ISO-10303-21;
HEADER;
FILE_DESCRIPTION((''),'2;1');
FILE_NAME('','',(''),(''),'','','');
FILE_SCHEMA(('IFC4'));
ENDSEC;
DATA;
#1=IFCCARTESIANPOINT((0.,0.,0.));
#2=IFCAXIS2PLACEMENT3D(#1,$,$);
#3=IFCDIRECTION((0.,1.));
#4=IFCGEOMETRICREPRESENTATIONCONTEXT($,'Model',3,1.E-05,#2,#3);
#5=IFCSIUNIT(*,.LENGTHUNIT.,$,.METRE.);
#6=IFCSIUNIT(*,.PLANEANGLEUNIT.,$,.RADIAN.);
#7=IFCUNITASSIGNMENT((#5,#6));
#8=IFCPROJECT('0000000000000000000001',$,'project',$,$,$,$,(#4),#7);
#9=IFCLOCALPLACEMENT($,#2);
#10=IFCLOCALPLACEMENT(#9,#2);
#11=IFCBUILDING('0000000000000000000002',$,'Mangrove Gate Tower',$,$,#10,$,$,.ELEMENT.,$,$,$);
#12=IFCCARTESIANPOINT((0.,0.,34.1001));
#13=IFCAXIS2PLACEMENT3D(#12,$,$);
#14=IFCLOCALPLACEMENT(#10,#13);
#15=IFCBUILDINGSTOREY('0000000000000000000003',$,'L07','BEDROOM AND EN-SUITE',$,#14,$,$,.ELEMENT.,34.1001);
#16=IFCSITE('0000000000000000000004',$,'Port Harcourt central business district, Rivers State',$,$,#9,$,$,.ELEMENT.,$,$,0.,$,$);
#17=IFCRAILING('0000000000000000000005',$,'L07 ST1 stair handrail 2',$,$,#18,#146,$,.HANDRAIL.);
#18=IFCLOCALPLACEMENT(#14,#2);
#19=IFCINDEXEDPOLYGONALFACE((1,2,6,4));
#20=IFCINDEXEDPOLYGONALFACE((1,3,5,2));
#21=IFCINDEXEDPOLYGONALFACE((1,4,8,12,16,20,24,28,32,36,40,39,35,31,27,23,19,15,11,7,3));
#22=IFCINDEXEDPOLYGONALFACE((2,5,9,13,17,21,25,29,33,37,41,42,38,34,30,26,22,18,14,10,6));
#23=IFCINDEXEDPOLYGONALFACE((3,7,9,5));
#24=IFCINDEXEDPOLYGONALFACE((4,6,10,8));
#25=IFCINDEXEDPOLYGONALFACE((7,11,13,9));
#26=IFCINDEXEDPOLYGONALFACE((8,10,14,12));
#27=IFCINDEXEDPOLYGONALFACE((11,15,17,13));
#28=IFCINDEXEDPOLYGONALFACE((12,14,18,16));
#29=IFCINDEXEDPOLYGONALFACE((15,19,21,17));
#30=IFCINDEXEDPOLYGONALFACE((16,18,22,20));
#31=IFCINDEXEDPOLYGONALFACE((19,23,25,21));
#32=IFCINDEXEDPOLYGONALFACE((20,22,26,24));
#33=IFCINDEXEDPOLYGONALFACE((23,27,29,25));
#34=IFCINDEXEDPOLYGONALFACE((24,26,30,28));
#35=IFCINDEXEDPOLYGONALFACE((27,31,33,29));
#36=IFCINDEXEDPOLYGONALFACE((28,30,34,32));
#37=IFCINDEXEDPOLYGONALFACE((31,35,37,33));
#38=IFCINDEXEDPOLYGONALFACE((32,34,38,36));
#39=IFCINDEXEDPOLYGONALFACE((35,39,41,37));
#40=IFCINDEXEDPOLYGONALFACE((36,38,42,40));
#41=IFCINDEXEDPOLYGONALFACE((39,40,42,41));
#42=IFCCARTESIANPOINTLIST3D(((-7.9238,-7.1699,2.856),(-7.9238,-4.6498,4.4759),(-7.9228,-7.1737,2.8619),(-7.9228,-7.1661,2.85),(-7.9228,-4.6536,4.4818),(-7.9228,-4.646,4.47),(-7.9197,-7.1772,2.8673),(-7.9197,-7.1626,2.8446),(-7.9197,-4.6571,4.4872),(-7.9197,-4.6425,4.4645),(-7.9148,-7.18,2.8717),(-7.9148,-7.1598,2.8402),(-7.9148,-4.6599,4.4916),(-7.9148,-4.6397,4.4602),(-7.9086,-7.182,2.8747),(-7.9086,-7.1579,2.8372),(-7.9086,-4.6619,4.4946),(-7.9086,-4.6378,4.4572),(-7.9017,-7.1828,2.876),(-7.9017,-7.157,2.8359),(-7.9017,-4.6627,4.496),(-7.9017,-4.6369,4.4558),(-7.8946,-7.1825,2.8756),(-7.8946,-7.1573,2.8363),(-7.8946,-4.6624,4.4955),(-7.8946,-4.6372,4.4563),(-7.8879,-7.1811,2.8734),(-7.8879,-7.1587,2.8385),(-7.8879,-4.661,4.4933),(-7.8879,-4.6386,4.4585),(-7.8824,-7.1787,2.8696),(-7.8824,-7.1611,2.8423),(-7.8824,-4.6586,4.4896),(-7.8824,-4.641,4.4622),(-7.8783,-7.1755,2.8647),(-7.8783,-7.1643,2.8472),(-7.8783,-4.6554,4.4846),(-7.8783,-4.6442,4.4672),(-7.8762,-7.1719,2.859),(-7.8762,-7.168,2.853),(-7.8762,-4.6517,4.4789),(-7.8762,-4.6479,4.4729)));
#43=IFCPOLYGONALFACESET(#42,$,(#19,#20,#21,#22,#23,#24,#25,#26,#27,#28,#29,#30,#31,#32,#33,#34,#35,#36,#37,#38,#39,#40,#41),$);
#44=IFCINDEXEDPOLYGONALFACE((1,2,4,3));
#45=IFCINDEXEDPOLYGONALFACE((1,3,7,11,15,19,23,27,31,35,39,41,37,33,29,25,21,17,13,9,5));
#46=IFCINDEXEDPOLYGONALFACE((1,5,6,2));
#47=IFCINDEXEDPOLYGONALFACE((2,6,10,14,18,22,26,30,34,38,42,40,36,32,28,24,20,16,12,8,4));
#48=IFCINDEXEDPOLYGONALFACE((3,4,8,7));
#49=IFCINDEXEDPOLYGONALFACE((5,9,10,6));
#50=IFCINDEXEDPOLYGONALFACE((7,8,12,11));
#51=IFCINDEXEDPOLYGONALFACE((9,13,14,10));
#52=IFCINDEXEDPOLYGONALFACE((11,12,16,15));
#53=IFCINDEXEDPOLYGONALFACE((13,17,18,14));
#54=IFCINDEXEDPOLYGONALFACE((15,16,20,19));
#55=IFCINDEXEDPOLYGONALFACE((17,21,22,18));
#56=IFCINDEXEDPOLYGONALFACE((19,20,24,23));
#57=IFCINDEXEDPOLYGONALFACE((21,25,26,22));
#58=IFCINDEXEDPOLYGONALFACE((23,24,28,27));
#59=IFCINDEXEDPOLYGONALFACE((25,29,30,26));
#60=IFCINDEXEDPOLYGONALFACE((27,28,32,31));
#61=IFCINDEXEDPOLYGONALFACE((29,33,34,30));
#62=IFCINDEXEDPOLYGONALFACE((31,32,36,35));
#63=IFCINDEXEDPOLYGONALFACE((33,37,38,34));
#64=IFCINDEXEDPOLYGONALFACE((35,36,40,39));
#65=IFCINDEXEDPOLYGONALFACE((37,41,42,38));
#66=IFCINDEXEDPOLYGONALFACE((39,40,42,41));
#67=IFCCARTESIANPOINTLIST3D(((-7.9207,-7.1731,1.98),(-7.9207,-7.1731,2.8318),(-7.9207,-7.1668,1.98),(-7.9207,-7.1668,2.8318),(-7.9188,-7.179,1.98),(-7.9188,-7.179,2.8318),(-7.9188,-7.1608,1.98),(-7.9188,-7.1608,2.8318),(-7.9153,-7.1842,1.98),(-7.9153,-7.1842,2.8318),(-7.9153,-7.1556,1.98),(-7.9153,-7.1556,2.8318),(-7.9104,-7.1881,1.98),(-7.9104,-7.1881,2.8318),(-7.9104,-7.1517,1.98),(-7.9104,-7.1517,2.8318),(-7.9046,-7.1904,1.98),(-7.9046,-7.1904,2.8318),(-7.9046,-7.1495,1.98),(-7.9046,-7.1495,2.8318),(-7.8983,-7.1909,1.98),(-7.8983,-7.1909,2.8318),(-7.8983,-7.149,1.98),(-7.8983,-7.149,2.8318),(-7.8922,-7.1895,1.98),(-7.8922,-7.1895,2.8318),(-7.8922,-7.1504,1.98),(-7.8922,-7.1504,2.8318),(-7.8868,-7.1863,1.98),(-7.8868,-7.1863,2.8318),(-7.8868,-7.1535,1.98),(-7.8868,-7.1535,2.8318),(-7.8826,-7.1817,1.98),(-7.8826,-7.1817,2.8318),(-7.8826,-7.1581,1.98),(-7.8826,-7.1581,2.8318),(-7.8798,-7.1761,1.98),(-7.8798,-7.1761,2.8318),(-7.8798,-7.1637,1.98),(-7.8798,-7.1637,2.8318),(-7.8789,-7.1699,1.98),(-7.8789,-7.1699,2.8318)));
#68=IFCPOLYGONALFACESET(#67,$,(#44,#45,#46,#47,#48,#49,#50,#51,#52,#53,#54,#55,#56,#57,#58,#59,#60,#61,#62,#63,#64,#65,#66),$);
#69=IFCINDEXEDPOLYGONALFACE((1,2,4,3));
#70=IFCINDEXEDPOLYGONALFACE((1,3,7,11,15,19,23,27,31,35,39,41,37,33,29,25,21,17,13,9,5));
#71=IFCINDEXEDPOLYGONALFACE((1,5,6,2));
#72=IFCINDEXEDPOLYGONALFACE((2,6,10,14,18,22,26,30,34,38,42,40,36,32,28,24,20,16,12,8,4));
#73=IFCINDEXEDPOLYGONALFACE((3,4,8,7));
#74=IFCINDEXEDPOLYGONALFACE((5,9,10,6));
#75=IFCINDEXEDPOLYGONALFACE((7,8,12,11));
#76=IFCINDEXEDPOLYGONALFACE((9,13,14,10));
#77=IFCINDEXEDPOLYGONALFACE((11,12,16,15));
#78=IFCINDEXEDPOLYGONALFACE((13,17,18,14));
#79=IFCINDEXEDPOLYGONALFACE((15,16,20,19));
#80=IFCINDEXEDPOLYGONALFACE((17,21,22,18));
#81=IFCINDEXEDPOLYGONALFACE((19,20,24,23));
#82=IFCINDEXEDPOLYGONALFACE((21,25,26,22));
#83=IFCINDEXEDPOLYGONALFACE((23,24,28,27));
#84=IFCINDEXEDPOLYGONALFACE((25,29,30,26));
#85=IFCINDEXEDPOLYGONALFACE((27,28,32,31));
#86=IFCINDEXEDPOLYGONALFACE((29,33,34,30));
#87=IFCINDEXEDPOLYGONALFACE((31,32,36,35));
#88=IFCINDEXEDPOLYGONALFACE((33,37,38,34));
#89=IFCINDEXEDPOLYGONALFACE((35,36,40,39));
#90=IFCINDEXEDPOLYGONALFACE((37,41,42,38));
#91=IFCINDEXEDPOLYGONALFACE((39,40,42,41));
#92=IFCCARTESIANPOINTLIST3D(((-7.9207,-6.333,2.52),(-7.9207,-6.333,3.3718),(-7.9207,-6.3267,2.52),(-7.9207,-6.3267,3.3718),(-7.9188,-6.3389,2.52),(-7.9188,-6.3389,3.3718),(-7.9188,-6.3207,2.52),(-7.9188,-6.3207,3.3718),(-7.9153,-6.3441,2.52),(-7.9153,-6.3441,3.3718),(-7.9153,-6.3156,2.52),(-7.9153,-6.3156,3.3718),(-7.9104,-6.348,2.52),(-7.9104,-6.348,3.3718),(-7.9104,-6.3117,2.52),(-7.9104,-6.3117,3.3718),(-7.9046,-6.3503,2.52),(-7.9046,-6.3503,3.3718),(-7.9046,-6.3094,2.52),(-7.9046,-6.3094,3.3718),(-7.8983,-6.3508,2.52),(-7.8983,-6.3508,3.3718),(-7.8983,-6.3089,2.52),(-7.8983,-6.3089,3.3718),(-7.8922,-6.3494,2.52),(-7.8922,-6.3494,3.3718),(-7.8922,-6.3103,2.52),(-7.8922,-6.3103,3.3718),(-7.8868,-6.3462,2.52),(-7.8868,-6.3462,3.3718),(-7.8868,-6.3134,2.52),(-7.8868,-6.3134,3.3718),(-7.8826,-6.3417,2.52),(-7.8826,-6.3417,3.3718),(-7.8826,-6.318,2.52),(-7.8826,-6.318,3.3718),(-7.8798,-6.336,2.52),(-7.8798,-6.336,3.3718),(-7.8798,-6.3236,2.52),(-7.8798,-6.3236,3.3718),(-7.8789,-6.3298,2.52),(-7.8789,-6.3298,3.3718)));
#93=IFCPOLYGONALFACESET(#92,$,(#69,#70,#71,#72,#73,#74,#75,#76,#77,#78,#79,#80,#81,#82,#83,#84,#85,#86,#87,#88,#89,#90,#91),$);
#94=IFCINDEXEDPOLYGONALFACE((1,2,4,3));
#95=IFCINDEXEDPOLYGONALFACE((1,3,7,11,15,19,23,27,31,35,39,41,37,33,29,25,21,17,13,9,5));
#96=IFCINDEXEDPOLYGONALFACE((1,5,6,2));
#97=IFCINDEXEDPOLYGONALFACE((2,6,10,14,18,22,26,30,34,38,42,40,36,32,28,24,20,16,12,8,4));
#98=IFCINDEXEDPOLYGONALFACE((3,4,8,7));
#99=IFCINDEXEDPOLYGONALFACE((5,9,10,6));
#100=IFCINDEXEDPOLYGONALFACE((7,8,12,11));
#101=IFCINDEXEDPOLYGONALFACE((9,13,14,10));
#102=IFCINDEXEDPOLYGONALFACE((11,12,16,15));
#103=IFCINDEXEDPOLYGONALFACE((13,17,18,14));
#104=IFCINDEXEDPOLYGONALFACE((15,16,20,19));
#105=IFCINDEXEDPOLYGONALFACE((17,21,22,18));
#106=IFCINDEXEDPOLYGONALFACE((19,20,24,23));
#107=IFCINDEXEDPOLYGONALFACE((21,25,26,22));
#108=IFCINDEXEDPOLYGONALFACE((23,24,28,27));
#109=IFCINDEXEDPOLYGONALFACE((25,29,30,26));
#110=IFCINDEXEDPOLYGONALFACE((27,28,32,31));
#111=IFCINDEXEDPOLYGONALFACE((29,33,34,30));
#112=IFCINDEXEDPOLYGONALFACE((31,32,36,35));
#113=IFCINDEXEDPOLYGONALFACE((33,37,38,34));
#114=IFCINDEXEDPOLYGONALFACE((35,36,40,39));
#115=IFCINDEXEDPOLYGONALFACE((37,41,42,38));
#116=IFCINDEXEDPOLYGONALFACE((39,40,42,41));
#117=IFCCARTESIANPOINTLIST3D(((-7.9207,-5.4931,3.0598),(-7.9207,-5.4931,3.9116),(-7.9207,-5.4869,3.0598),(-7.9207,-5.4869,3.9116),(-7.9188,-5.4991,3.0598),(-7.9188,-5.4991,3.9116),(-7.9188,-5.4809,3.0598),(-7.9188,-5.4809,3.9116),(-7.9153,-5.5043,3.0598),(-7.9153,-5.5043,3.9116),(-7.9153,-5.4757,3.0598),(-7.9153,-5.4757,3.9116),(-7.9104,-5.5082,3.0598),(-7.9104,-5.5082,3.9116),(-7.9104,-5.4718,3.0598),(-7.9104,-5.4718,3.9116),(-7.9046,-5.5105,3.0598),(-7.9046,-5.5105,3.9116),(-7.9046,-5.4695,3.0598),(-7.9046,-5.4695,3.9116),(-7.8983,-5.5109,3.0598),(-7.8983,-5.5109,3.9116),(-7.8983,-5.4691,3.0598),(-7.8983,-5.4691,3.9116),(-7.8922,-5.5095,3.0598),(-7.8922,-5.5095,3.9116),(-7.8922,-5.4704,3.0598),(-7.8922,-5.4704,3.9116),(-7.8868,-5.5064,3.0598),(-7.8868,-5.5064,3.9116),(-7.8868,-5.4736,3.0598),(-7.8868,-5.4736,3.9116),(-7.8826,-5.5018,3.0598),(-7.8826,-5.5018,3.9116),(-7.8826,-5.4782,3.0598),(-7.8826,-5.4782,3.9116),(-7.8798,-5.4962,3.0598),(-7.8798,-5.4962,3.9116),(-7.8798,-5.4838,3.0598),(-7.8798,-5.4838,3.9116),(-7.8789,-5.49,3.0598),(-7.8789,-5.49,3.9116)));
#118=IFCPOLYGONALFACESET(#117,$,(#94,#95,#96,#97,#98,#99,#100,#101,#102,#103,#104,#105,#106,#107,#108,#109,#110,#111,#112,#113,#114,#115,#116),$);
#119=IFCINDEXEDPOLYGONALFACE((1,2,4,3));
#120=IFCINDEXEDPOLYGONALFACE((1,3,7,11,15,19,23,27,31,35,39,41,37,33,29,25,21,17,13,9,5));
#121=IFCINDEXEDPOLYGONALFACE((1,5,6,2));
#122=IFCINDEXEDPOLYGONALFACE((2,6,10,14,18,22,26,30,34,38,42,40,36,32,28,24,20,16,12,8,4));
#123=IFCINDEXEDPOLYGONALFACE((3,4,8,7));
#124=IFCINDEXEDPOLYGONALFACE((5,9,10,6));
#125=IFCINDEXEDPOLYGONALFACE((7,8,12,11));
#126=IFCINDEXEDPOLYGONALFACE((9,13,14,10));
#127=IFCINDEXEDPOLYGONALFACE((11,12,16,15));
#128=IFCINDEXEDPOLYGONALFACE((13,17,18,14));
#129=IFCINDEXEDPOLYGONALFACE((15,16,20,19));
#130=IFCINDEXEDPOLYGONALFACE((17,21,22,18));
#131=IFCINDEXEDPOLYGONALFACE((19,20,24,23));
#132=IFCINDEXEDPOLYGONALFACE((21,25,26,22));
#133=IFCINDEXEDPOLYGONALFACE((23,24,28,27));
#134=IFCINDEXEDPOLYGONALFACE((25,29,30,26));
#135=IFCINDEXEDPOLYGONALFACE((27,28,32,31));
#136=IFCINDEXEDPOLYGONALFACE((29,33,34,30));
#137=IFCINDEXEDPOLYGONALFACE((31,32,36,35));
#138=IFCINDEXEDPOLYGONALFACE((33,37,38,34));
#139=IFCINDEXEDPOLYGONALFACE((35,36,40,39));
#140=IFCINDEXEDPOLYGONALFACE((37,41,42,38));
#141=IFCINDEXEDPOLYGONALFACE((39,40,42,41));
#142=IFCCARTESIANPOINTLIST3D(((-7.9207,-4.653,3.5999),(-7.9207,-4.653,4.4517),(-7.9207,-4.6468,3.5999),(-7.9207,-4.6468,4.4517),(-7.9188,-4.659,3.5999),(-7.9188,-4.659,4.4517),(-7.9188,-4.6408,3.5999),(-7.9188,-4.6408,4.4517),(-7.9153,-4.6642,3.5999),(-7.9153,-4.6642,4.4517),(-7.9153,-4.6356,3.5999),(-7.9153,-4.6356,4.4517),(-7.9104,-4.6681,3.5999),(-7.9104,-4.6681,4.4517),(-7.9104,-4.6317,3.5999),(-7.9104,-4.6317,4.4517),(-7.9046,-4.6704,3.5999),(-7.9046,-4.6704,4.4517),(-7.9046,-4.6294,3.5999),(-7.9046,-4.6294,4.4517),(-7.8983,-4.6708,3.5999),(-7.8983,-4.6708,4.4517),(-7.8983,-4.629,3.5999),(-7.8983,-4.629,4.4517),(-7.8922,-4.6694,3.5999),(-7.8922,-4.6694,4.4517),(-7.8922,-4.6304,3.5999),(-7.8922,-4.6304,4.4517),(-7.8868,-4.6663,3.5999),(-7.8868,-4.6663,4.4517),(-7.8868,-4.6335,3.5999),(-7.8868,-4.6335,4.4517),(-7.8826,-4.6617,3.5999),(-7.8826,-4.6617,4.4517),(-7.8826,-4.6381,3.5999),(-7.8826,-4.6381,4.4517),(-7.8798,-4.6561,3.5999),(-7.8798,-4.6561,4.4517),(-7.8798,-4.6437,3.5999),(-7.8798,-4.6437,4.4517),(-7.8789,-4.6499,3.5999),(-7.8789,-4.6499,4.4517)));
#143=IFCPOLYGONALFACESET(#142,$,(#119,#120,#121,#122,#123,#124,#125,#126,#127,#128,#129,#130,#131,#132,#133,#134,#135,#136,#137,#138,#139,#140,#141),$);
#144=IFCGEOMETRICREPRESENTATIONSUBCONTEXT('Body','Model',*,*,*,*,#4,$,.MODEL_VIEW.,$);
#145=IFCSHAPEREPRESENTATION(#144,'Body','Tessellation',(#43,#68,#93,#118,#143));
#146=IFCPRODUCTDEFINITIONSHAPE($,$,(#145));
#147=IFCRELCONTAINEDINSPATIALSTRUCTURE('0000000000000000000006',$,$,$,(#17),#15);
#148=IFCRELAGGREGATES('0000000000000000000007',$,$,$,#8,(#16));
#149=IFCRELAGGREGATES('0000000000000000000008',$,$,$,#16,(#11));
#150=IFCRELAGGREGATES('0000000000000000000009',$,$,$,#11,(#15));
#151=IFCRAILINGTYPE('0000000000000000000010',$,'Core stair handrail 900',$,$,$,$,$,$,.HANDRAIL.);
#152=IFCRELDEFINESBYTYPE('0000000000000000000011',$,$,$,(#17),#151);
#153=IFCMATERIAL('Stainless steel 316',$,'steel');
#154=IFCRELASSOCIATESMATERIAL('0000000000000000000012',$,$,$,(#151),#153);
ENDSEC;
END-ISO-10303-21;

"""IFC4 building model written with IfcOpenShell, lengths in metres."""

from ifc_helpers import new_model, si_unit, direction, frame, origin, origin_2d, place, context, subcontext, project, spatial, circle, extrude, material, type_object, element, save


model = new_model("IFC4")

# Units and contexts
model_context = context("Model", 3, precision=1e-05, world=origin(), true_north=direction((0.0, 1.0)))
body_context = subcontext(model_context, "Body", "Model", "MODEL_VIEW")
ifc_project = project(units=[si_unit("LENGTHUNIT", "METRE"), si_unit("PLANEANGLEUNIT", "RADIAN")], contexts=[model_context])

# Site, building, storey
site_placement = place(None, origin())
site = spatial("IfcSite", under=ifc_project, at=site_placement, Name="Port Harcourt central business district, Rivers State", CompositionType="ELEMENT", RefElevation=0.0)
building_placement = place(site_placement, origin())
building = spatial("IfcBuilding", under=site, at=building_placement, Name="Mangrove Gate Tower", CompositionType="ELEMENT")
storey_placement = place(building_placement, frame((0.0, 0.0, 34.1001)))
storey = spatial("IfcBuildingStorey", under=building, at=storey_placement, Name="L07", Description="BEDROOM AND EN-SUITE", CompositionType="ELEMENT", Elevation=34.1001)

# Railing
ifc_material_1 = material(Name="Stainless steel 316", Category="steel")
railing_type_1 = type_object("IfcRailingType", Name="Core stair handrail 900", PredefinedType="HANDRAIL", material=ifc_material_1)
railing_1_placement = place(storey_placement, frame((-7.8999, -7.1699, 1.98)))
element("IfcRailing", 1, at=railing_1_placement, inside=storey, type_object=railing_type_1, Name="L07 ST1 stair handrail 2", PredefinedType="HANDRAIL", context=body_context, shape_type="SweptSolid", body=[
    extrude(circle(Radius=0.0239, at=origin_2d()), frame((0.0, 0.0, 0.876), z_axis=(0.0, 0.8412, 0.540725), x_axis=(-1.0, 0.0, 0.0)), (0.0, 0.0, 1.0), 2.9958),
    extrude(circle(Radius=0.021, at=origin_2d()), origin(), (0.0, 0.0, 1.0), 0.8518),
    extrude(circle(Radius=0.021, at=origin_2d()), frame((0.0, 0.8401, 0.54)), (0.0, 0.0, 1.0), 0.8518),
    extrude(circle(Radius=0.021, at=origin_2d()), frame((0.0, 1.6799, 1.0798)), (0.0, 0.0, 1.0), 0.8518),
    extrude(circle(Radius=0.021, at=origin_2d()), frame((0.0, 2.52, 1.6199)), (0.0, 0.0, 1.0), 0.8518),
])

save(model, "model.ifc")
